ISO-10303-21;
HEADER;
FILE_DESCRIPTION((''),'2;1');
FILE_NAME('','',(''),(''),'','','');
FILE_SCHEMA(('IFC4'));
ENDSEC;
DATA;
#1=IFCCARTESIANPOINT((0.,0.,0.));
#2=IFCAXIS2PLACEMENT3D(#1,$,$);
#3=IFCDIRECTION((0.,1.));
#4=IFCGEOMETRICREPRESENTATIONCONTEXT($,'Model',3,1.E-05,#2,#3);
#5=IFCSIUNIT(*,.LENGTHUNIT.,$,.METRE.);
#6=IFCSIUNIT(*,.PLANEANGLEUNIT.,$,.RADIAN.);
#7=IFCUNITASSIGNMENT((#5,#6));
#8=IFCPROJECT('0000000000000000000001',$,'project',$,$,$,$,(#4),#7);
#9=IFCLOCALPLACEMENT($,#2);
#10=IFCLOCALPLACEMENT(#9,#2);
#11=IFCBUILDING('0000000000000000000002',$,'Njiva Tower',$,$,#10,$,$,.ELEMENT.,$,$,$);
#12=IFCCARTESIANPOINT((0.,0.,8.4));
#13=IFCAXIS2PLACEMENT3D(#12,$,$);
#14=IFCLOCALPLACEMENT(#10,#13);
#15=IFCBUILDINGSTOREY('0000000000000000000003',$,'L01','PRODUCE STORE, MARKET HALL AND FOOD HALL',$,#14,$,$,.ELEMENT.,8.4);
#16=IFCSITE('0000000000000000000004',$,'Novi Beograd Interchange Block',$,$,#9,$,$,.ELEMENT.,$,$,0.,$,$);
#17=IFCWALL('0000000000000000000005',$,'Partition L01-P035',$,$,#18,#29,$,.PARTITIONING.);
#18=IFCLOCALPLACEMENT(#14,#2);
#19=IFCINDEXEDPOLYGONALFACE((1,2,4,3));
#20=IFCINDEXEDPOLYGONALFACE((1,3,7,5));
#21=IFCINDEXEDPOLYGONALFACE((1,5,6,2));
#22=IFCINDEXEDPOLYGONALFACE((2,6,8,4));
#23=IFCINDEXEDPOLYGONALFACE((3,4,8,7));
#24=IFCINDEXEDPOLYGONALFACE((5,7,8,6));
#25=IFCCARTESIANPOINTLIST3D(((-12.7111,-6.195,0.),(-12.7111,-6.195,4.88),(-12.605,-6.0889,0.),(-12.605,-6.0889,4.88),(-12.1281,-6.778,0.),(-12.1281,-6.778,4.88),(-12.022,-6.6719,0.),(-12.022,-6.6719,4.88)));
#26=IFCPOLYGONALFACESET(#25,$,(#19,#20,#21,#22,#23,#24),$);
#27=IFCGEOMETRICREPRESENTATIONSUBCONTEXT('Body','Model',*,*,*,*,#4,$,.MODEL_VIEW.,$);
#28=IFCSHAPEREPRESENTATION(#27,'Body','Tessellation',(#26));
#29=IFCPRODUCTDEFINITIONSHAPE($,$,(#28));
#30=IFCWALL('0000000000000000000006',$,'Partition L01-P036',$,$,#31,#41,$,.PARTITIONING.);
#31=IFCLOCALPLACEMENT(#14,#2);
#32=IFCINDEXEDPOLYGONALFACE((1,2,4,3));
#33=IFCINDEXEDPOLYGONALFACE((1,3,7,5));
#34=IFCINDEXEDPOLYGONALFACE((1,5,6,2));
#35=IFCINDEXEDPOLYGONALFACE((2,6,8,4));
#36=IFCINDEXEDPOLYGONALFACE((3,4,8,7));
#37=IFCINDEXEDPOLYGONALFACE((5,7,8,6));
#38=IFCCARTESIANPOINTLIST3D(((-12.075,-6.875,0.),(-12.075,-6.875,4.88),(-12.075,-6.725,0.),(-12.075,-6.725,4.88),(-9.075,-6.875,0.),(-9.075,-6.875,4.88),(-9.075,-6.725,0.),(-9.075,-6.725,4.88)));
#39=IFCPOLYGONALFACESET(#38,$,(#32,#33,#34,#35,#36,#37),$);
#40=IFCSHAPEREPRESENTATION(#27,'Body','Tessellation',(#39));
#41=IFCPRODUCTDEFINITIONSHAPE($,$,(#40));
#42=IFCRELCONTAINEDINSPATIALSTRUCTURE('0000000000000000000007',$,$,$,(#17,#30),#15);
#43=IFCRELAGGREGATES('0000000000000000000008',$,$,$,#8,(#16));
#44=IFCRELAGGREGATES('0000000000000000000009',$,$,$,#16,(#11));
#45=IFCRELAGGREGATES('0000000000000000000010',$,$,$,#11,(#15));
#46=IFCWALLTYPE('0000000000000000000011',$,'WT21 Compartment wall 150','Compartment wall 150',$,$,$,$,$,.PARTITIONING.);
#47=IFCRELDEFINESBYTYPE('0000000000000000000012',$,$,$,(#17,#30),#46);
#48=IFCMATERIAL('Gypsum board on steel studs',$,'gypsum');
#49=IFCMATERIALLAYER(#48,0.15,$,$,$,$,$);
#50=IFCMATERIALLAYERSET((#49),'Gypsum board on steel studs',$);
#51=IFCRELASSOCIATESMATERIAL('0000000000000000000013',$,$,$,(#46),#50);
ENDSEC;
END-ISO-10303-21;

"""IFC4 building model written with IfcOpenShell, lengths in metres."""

from ifc_helpers import new_model, si_unit, direction, frame, frame_2d, origin, place, context, subcontext, project, spatial, rectangle, extrude, material, layer, layer_set, type_object, element, save


model = new_model("IFC4")

# Units and contexts
model_context = context("Model", 3, precision=1e-05, world=origin(), true_north=direction((0.0, 1.0)))
body_context = subcontext(model_context, "Body", "Model", "MODEL_VIEW")
ifc_project = project(units=[si_unit("LENGTHUNIT", "METRE"), si_unit("PLANEANGLEUNIT", "RADIAN")], contexts=[model_context])

# Site, building, storey
site_placement = place(None, origin())
site = spatial("IfcSite", under=ifc_project, at=site_placement, Name="Novi Beograd Interchange Block", CompositionType="ELEMENT", RefElevation=0.0)
building_placement = place(site_placement, origin())
building = spatial("IfcBuilding", under=site, at=building_placement, Name="Njiva Tower", CompositionType="ELEMENT")
storey_placement = place(building_placement, frame((0.0, 0.0, 8.4)))
storey = spatial("IfcBuildingStorey", under=building, at=storey_placement, Name="L01", Description="PRODUCE STORE, MARKET HALL AND FOOD HALL", CompositionType="ELEMENT", Elevation=8.4)

# Shared definitions
ifc_material_1 = material(Name="Gypsum board on steel studs", Category="gypsum")
ifc_layer_1 = layer(ifc_material_1, 0.15)
ifc_layer_set_1 = layer_set([ifc_layer_1], Name="Gypsum board on steel studs")
wall_type_1 = type_object("IfcWallType", Name="WT21 Compartment wall 150", Description="Compartment wall 150", PredefinedType="PARTITIONING", material=ifc_layer_set_1)

# Walls
wall_1_placement = place(storey_placement, frame((-12.658, -6.142, 0.0), z_axis=(0.0, 0.0, 1.0), x_axis=(0.707107, -0.707107, 0.0)))
element("IfcWall", 1, at=wall_1_placement, inside=storey, type_object=wall_type_1, Name="Partition L01-P035", PredefinedType="PARTITIONING", context=body_context, shape_type="SweptSolid", body=[
    extrude(rectangle(XDim=0.8245, YDim=0.15, at=frame_2d((0.4122, 0.0))), origin(), (0.0, 0.0, 1.0), 4.88),
])
wall_2_placement = place(storey_placement, frame((-12.075, -6.8, 0.0), z_axis=(0.0, 0.0, 1.0), x_axis=(1.0, 0.0, 0.0)))
element("IfcWall", 2, at=wall_2_placement, inside=storey, type_object=wall_type_1, Name="Partition L01-P036", PredefinedType="PARTITIONING", context=body_context, shape_type="SweptSolid", body=[
    extrude(rectangle(XDim=3.0, YDim=0.15, at=frame_2d((1.5, 0.0))), origin(), (0.0, 0.0, 1.0), 4.88),
])

save(model, "model.ifc")
